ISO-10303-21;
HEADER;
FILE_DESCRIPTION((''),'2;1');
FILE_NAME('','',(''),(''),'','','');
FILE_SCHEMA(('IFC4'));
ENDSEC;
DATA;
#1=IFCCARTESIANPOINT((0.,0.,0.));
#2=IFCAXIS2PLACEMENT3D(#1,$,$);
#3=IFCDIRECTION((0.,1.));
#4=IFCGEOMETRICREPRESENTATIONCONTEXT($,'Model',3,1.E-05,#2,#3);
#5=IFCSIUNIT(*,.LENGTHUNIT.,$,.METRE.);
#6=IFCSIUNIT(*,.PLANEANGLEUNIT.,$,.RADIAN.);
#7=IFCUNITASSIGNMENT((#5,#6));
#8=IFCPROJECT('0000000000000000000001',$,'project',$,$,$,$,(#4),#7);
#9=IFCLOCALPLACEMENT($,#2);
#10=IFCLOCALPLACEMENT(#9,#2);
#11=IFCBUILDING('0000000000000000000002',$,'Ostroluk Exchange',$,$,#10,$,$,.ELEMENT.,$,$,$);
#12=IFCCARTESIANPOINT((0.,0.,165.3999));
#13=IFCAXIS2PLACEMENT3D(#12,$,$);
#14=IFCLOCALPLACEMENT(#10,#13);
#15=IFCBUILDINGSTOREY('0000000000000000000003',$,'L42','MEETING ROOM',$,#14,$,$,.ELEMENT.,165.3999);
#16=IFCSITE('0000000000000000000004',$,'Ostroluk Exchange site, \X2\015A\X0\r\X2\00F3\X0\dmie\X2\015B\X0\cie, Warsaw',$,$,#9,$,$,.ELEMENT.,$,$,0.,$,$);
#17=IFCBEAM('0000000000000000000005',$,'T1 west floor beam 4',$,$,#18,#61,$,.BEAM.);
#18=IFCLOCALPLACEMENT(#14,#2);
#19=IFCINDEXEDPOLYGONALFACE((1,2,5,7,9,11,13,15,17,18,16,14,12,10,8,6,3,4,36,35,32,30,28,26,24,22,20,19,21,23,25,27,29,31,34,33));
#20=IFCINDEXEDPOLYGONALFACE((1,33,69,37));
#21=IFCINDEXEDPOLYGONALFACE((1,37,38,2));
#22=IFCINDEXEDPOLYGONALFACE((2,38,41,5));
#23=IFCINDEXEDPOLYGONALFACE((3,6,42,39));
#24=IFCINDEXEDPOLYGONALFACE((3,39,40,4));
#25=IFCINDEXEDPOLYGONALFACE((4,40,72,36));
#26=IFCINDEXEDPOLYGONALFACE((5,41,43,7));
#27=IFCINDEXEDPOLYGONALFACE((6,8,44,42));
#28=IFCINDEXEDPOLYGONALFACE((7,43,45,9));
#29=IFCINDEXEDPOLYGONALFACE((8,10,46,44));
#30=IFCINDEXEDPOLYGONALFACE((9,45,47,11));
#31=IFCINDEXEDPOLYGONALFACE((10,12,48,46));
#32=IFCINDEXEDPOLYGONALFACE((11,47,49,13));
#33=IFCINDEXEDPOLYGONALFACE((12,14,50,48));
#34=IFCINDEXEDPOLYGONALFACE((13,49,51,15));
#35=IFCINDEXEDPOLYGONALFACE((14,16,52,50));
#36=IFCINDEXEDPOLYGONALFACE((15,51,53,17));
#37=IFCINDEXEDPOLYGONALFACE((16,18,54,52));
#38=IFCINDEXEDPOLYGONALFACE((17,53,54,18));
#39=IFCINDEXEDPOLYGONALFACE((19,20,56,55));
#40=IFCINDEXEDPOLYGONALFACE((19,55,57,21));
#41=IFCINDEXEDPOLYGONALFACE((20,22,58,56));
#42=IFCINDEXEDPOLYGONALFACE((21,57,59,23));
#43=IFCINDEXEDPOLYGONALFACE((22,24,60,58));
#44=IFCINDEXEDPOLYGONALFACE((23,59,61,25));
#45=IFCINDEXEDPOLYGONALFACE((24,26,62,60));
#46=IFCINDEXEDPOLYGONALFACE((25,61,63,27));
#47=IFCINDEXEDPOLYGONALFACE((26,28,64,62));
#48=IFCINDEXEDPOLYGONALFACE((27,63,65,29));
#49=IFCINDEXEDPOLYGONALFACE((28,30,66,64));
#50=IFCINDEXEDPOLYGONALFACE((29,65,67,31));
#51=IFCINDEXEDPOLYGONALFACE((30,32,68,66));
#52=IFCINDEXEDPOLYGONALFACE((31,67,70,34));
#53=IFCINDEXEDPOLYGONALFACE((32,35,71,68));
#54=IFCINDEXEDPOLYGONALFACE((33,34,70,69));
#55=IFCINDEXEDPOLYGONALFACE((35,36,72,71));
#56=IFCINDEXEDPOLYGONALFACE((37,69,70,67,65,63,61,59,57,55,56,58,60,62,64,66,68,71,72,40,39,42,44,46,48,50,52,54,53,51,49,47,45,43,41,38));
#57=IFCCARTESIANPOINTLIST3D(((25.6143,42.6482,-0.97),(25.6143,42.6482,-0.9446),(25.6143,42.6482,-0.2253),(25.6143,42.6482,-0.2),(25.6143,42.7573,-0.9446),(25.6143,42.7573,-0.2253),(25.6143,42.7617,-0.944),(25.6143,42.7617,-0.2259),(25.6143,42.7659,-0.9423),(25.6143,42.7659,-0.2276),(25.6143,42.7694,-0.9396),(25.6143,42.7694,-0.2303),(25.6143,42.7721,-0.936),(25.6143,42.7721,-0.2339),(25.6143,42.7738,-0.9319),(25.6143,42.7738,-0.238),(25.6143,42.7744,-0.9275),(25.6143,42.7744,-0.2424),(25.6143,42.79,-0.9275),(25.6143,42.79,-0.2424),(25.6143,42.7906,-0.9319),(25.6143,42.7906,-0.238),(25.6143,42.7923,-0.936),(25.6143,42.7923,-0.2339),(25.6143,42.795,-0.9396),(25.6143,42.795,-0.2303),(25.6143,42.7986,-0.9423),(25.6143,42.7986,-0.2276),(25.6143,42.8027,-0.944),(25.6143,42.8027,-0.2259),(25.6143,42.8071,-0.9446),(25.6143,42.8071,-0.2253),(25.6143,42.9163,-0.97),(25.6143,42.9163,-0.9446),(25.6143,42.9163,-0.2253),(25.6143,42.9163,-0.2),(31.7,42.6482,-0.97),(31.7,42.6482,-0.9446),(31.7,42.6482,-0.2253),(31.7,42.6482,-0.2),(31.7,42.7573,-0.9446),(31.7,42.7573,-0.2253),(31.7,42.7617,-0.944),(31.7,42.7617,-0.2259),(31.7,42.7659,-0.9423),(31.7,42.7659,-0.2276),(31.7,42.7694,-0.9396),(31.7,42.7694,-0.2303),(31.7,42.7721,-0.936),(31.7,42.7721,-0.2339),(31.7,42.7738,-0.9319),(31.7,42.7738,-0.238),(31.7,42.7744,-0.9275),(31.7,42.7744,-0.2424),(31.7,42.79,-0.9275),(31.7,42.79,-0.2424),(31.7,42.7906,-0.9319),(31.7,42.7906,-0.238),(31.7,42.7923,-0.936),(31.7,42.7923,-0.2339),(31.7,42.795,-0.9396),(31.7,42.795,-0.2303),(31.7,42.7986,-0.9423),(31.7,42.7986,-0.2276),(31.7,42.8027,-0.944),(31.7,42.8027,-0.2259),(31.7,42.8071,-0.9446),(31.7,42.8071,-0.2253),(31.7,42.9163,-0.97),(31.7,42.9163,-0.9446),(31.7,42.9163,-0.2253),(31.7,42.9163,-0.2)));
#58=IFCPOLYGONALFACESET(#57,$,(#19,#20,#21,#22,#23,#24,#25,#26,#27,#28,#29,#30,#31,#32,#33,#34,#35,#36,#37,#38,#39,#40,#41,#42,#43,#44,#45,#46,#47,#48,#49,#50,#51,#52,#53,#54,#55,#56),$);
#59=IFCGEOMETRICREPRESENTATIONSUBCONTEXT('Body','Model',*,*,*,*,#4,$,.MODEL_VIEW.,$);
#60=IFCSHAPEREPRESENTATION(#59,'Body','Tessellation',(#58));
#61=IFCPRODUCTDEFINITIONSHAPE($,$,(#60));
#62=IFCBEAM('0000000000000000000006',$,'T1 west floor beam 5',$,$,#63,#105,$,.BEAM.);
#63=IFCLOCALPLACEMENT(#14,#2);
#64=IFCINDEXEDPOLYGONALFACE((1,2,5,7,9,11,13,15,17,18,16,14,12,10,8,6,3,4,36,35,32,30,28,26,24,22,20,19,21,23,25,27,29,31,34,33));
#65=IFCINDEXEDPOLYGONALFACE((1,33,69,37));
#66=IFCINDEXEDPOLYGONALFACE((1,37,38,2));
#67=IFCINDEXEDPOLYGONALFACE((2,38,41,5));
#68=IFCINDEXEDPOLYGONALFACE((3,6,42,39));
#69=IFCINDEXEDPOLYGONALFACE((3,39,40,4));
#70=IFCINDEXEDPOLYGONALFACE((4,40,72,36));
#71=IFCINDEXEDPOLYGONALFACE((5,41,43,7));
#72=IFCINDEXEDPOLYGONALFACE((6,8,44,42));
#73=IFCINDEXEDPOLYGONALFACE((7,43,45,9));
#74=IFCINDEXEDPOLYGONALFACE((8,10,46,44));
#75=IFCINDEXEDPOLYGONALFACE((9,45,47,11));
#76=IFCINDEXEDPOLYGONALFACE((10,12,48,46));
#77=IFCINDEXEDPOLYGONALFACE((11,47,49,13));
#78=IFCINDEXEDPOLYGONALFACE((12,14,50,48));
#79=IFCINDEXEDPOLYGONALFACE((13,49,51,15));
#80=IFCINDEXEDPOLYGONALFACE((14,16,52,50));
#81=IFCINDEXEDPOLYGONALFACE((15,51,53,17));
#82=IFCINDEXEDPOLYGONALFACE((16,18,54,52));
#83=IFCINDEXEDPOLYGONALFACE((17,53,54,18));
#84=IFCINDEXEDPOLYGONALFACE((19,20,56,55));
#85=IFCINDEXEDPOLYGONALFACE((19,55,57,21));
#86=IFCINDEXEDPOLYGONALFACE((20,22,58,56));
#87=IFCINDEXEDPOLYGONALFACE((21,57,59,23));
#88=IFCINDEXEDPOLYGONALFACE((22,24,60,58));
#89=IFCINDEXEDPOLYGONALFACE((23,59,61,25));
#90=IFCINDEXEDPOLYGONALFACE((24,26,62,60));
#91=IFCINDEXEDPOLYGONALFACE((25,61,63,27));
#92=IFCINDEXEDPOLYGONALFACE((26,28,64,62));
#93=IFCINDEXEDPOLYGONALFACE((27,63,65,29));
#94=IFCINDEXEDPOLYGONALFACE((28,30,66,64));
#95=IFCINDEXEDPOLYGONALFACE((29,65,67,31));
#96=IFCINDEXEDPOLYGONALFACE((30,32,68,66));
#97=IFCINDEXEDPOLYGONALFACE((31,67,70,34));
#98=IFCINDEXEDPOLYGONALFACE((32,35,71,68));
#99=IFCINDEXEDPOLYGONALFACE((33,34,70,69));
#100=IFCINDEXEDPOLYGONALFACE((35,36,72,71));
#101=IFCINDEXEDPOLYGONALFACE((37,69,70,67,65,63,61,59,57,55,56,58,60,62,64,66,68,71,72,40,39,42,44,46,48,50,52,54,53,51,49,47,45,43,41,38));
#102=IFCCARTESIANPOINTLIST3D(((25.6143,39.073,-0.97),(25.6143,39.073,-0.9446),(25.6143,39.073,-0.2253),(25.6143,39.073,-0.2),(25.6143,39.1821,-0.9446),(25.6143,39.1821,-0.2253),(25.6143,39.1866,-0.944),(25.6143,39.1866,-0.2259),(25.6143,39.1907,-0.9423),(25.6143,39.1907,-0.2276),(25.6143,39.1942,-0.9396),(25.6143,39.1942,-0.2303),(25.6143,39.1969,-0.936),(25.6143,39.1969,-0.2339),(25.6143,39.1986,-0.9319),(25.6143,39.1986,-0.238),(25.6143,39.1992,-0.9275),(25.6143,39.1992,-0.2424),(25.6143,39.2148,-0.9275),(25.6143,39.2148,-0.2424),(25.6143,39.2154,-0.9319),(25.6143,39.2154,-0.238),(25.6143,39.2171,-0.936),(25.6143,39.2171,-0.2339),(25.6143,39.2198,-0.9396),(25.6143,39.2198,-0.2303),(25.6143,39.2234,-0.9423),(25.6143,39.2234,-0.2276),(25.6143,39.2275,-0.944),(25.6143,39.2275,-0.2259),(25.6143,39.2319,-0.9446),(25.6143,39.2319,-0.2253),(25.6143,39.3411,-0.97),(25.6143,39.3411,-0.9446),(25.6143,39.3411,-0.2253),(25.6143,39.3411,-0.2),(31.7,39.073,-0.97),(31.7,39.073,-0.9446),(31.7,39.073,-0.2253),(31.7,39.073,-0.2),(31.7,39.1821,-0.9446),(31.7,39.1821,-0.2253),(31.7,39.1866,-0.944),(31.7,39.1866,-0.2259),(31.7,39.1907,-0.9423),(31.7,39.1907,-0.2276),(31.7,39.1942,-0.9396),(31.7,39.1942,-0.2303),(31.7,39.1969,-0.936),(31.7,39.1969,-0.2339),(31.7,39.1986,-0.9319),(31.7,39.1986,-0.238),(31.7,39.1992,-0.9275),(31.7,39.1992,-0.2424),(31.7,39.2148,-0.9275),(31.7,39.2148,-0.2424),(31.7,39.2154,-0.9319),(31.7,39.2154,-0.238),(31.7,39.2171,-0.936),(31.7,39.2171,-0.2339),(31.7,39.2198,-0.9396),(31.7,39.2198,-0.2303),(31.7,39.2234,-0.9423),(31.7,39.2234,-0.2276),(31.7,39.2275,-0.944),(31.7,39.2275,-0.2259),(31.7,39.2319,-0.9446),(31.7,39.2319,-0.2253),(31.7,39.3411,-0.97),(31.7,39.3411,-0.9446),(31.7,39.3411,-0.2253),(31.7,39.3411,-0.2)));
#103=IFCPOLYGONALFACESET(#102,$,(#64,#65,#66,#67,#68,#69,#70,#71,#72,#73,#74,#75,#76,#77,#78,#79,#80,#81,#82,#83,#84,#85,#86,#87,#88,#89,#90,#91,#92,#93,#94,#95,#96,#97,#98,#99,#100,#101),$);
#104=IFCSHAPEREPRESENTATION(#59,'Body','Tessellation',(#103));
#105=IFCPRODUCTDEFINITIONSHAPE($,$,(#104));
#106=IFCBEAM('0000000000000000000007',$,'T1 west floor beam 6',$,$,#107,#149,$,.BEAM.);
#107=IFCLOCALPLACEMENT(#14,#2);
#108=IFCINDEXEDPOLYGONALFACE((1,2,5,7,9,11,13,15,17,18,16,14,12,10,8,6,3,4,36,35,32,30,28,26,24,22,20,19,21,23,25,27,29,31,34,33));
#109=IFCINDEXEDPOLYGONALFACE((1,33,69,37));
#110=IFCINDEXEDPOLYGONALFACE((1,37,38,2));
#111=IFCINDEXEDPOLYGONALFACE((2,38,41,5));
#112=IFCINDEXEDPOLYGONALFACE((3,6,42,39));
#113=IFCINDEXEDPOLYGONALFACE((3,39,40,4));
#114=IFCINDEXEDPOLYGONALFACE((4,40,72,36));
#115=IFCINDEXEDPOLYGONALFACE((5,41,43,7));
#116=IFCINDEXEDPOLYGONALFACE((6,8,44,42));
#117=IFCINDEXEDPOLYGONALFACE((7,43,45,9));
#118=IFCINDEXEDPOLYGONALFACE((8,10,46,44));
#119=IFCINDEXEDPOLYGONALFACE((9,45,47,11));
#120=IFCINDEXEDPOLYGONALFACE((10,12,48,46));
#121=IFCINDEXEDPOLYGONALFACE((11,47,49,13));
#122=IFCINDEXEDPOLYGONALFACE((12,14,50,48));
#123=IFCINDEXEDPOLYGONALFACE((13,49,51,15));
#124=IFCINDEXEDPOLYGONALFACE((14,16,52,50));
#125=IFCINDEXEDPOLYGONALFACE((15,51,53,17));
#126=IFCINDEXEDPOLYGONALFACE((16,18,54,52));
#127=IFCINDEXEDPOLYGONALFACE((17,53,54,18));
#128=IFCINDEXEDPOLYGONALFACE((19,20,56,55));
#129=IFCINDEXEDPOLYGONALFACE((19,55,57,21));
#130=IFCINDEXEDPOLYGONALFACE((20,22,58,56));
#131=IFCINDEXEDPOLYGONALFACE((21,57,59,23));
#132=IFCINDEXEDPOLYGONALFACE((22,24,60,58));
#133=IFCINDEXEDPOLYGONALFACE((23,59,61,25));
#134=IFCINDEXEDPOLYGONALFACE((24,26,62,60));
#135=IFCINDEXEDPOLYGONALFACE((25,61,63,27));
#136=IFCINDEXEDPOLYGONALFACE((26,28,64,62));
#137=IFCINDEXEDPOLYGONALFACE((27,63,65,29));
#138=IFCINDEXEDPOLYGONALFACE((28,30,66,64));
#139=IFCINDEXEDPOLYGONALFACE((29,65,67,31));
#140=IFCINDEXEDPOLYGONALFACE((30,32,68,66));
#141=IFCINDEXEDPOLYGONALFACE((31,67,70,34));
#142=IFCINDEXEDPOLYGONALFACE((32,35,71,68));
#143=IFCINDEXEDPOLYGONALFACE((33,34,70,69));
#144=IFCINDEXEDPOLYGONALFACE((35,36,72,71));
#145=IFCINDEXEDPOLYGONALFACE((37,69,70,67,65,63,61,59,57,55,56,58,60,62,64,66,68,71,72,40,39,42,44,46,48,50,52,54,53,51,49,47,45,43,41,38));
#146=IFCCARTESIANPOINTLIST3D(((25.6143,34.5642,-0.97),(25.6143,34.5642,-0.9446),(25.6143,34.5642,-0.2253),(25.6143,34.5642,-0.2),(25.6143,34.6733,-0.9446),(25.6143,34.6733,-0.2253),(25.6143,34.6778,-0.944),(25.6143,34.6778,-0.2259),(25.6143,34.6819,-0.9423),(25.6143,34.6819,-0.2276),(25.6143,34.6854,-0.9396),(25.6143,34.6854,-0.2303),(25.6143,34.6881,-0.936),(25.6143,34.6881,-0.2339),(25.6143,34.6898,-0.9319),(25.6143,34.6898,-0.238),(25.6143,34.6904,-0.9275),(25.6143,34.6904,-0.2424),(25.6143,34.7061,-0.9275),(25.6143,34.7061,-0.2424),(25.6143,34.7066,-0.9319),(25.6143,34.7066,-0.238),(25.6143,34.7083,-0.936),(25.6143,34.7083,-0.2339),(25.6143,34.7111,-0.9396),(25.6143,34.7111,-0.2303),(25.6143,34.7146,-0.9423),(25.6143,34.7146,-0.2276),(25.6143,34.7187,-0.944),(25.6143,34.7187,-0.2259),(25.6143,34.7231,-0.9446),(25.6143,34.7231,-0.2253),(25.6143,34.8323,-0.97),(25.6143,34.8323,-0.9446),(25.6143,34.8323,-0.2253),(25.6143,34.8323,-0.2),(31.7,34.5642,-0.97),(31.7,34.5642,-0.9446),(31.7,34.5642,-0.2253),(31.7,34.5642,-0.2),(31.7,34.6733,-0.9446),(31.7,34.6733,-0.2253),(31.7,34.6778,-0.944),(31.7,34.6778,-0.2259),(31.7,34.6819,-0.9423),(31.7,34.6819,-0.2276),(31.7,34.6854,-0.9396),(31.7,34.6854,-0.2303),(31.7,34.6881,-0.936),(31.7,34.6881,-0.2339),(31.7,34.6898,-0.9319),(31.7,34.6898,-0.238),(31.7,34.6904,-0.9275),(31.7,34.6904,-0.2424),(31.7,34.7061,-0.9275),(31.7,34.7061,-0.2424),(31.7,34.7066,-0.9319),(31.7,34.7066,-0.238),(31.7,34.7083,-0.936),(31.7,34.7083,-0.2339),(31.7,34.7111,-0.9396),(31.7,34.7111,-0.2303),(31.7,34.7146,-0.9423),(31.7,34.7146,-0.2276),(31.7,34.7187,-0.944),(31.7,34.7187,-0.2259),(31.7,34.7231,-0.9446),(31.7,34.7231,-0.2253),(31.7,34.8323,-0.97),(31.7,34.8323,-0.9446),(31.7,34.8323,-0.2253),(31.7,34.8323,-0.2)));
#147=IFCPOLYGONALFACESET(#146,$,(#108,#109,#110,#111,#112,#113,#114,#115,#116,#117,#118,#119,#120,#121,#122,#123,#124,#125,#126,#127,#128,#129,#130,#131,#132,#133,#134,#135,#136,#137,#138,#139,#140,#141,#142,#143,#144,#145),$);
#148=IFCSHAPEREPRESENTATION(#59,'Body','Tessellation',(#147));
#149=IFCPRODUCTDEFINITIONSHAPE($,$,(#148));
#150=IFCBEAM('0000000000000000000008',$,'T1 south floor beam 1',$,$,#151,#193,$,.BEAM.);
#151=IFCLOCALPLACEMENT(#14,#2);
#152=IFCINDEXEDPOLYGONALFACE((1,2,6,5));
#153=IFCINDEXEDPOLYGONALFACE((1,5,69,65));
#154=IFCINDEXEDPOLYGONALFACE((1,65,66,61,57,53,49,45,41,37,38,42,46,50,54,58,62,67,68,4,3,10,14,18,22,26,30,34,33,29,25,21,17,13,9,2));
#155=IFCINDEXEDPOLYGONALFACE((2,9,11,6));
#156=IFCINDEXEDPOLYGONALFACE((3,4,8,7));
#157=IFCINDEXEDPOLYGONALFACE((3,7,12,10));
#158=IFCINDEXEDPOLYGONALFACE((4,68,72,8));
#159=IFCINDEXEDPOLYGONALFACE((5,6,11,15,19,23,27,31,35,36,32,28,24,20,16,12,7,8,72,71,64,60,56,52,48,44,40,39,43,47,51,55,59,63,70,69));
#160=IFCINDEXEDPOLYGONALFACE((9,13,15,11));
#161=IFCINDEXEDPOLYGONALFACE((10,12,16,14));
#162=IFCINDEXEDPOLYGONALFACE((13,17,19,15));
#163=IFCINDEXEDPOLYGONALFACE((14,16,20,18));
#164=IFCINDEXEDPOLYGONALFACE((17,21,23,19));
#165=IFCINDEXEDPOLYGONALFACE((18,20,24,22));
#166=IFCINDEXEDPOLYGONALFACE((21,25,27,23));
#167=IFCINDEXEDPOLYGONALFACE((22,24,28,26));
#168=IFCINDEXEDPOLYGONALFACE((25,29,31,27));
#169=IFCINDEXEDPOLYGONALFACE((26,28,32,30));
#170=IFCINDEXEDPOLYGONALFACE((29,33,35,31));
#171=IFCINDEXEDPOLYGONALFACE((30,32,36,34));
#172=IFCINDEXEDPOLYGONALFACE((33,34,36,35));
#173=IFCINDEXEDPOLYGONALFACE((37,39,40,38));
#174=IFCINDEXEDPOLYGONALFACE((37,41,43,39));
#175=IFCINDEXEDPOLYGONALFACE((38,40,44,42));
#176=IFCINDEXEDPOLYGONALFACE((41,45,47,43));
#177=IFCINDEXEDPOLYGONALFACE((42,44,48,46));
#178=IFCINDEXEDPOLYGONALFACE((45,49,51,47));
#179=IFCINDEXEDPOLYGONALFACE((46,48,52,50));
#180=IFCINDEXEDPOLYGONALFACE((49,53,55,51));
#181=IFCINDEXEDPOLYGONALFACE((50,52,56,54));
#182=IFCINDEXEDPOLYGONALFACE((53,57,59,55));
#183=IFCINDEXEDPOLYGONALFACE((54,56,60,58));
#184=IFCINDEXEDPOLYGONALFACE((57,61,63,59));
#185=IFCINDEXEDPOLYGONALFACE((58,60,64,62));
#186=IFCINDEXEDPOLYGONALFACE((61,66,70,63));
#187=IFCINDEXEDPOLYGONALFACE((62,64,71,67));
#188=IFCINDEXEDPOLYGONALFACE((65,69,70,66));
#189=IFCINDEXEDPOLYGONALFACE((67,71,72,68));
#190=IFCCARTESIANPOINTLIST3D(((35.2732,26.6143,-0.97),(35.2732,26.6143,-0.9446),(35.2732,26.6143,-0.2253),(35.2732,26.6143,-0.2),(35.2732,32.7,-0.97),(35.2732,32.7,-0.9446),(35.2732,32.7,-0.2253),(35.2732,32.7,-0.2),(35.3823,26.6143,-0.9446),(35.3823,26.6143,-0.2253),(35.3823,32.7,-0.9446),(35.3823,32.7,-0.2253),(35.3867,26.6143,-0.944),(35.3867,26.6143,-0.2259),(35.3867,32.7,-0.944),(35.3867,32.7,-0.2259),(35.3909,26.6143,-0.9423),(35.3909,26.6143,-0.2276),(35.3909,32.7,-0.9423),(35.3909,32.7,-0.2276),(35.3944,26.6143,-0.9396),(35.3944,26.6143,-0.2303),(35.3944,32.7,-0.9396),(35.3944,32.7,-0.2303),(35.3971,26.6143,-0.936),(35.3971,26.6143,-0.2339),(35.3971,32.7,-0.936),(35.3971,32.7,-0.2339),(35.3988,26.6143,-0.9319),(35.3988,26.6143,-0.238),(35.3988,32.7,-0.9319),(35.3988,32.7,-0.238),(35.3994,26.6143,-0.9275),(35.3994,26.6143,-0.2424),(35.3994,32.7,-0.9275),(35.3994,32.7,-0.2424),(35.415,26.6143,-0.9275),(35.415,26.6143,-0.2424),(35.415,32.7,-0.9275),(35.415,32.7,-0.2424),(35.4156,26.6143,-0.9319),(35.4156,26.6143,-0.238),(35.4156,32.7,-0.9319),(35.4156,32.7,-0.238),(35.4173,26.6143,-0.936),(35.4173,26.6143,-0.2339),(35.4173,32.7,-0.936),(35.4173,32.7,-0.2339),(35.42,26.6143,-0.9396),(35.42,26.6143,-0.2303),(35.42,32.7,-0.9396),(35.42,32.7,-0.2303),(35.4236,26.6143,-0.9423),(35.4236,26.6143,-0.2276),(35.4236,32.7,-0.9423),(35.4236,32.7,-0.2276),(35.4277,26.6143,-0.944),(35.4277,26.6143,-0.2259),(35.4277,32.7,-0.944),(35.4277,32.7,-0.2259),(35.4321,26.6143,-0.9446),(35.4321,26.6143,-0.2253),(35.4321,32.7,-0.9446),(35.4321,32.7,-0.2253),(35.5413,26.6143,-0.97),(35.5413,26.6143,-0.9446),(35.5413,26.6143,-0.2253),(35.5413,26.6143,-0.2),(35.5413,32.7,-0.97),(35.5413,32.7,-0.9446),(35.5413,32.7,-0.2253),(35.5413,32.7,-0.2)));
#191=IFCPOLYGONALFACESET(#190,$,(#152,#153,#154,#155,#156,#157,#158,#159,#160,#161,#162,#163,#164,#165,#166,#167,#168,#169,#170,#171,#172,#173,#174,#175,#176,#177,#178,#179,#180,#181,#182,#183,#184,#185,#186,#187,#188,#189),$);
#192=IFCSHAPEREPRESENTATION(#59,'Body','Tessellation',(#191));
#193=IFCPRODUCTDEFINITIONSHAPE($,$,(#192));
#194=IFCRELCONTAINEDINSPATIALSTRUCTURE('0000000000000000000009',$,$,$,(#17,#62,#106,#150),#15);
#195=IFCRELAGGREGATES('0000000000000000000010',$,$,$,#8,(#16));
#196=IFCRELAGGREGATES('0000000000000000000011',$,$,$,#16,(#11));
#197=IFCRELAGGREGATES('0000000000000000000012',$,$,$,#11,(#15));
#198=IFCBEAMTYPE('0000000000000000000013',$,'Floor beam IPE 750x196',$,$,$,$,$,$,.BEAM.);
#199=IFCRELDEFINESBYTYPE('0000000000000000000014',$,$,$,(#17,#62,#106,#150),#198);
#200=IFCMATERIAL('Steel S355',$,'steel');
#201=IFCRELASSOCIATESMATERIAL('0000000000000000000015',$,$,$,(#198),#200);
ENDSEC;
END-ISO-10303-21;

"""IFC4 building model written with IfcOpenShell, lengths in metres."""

from ifc_helpers import new_model, si_unit, direction, frame, origin, origin_2d, place, context, subcontext, project, spatial, i_section, extrude, material, material_profile, profile_set, type_object, element, save


model = new_model("IFC4")

# Units and contexts
model_context = context("Model", 3, precision=1e-05, world=origin(), true_north=direction((0.0, 1.0)))
body_context = subcontext(model_context, "Body", "Model", "MODEL_VIEW")
ifc_project = project(units=[si_unit("LENGTHUNIT", "METRE"), si_unit("PLANEANGLEUNIT", "RADIAN")], contexts=[model_context])

# Site, building, storey
site_placement = place(None, origin())
site = spatial("IfcSite", under=ifc_project, at=site_placement, Name="Ostroluk Exchange site, Śródmieście, Warsaw", CompositionType="ELEMENT", RefElevation=0.0)
building_placement = place(site_placement, origin())
building = spatial("IfcBuilding", under=site, at=building_placement, Name="Ostroluk Exchange", CompositionType="ELEMENT")
storey_placement = place(building_placement, frame((0.0, 0.0, 165.3999)))
storey = spatial("IfcBuildingStorey", under=building, at=storey_placement, Name="L42", Description="MEETING ROOM", CompositionType="ELEMENT", Elevation=165.3999)

# Beams
ifc_material_1 = material(Name="Steel S355", Category="steel")
ifc_material_profile_1 = material_profile(ifc_material_1, i_section(OverallWidth=0.2681, OverallDepth=0.77, WebThickness=0.0156, FlangeThickness=0.0254, FilletRadius=0.0171, at=origin_2d()), Name="IPE 750x196")
ifc_profile_set_1 = profile_set([ifc_material_profile_1], Name="Steel S355")
beam_type_1 = type_object("IfcBeamType", Name="Floor beam IPE 750x196", PredefinedType="BEAM", material=ifc_profile_set_1)
for number, where, z_axis, x_axis, name in (
    (1, (31.7, 42.7822, -0.585), (-1.0, 0.0, 0.0), (0.0, -1.0, 0.0), "T1 west floor beam 4"),
    (2, (31.7, 39.207, -0.585), (-1.0, 0.0, 0.0), (0.0, -1.0, 0.0), "T1 west floor beam 5"),
    (3, (31.7, 34.6982, -0.585), (-1.0, 0.0, 0.0), (0.0, -1.0, 0.0), "T1 west floor beam 6"),
    (4, (35.4072, 32.7, -0.585), (0.0, -1.0, 0.0), (1.0, 0.0, 0.0), "T1 south floor beam 1"),
):
    element("IfcBeam", number, at=place(storey_placement, frame(where, z_axis=z_axis, x_axis=x_axis)), inside=storey, type_object=beam_type_1, Name=name, PredefinedType="BEAM", context=body_context, shape_type="SweptSolid", body=[
        extrude(i_section(OverallWidth=0.2681, OverallDepth=0.77, WebThickness=0.0156, FlangeThickness=0.0254, FilletRadius=0.0171, at=origin_2d()), origin(), (0.0, 0.0, 1.0), 6.0857),
    ])

save(model, "model.ifc")
